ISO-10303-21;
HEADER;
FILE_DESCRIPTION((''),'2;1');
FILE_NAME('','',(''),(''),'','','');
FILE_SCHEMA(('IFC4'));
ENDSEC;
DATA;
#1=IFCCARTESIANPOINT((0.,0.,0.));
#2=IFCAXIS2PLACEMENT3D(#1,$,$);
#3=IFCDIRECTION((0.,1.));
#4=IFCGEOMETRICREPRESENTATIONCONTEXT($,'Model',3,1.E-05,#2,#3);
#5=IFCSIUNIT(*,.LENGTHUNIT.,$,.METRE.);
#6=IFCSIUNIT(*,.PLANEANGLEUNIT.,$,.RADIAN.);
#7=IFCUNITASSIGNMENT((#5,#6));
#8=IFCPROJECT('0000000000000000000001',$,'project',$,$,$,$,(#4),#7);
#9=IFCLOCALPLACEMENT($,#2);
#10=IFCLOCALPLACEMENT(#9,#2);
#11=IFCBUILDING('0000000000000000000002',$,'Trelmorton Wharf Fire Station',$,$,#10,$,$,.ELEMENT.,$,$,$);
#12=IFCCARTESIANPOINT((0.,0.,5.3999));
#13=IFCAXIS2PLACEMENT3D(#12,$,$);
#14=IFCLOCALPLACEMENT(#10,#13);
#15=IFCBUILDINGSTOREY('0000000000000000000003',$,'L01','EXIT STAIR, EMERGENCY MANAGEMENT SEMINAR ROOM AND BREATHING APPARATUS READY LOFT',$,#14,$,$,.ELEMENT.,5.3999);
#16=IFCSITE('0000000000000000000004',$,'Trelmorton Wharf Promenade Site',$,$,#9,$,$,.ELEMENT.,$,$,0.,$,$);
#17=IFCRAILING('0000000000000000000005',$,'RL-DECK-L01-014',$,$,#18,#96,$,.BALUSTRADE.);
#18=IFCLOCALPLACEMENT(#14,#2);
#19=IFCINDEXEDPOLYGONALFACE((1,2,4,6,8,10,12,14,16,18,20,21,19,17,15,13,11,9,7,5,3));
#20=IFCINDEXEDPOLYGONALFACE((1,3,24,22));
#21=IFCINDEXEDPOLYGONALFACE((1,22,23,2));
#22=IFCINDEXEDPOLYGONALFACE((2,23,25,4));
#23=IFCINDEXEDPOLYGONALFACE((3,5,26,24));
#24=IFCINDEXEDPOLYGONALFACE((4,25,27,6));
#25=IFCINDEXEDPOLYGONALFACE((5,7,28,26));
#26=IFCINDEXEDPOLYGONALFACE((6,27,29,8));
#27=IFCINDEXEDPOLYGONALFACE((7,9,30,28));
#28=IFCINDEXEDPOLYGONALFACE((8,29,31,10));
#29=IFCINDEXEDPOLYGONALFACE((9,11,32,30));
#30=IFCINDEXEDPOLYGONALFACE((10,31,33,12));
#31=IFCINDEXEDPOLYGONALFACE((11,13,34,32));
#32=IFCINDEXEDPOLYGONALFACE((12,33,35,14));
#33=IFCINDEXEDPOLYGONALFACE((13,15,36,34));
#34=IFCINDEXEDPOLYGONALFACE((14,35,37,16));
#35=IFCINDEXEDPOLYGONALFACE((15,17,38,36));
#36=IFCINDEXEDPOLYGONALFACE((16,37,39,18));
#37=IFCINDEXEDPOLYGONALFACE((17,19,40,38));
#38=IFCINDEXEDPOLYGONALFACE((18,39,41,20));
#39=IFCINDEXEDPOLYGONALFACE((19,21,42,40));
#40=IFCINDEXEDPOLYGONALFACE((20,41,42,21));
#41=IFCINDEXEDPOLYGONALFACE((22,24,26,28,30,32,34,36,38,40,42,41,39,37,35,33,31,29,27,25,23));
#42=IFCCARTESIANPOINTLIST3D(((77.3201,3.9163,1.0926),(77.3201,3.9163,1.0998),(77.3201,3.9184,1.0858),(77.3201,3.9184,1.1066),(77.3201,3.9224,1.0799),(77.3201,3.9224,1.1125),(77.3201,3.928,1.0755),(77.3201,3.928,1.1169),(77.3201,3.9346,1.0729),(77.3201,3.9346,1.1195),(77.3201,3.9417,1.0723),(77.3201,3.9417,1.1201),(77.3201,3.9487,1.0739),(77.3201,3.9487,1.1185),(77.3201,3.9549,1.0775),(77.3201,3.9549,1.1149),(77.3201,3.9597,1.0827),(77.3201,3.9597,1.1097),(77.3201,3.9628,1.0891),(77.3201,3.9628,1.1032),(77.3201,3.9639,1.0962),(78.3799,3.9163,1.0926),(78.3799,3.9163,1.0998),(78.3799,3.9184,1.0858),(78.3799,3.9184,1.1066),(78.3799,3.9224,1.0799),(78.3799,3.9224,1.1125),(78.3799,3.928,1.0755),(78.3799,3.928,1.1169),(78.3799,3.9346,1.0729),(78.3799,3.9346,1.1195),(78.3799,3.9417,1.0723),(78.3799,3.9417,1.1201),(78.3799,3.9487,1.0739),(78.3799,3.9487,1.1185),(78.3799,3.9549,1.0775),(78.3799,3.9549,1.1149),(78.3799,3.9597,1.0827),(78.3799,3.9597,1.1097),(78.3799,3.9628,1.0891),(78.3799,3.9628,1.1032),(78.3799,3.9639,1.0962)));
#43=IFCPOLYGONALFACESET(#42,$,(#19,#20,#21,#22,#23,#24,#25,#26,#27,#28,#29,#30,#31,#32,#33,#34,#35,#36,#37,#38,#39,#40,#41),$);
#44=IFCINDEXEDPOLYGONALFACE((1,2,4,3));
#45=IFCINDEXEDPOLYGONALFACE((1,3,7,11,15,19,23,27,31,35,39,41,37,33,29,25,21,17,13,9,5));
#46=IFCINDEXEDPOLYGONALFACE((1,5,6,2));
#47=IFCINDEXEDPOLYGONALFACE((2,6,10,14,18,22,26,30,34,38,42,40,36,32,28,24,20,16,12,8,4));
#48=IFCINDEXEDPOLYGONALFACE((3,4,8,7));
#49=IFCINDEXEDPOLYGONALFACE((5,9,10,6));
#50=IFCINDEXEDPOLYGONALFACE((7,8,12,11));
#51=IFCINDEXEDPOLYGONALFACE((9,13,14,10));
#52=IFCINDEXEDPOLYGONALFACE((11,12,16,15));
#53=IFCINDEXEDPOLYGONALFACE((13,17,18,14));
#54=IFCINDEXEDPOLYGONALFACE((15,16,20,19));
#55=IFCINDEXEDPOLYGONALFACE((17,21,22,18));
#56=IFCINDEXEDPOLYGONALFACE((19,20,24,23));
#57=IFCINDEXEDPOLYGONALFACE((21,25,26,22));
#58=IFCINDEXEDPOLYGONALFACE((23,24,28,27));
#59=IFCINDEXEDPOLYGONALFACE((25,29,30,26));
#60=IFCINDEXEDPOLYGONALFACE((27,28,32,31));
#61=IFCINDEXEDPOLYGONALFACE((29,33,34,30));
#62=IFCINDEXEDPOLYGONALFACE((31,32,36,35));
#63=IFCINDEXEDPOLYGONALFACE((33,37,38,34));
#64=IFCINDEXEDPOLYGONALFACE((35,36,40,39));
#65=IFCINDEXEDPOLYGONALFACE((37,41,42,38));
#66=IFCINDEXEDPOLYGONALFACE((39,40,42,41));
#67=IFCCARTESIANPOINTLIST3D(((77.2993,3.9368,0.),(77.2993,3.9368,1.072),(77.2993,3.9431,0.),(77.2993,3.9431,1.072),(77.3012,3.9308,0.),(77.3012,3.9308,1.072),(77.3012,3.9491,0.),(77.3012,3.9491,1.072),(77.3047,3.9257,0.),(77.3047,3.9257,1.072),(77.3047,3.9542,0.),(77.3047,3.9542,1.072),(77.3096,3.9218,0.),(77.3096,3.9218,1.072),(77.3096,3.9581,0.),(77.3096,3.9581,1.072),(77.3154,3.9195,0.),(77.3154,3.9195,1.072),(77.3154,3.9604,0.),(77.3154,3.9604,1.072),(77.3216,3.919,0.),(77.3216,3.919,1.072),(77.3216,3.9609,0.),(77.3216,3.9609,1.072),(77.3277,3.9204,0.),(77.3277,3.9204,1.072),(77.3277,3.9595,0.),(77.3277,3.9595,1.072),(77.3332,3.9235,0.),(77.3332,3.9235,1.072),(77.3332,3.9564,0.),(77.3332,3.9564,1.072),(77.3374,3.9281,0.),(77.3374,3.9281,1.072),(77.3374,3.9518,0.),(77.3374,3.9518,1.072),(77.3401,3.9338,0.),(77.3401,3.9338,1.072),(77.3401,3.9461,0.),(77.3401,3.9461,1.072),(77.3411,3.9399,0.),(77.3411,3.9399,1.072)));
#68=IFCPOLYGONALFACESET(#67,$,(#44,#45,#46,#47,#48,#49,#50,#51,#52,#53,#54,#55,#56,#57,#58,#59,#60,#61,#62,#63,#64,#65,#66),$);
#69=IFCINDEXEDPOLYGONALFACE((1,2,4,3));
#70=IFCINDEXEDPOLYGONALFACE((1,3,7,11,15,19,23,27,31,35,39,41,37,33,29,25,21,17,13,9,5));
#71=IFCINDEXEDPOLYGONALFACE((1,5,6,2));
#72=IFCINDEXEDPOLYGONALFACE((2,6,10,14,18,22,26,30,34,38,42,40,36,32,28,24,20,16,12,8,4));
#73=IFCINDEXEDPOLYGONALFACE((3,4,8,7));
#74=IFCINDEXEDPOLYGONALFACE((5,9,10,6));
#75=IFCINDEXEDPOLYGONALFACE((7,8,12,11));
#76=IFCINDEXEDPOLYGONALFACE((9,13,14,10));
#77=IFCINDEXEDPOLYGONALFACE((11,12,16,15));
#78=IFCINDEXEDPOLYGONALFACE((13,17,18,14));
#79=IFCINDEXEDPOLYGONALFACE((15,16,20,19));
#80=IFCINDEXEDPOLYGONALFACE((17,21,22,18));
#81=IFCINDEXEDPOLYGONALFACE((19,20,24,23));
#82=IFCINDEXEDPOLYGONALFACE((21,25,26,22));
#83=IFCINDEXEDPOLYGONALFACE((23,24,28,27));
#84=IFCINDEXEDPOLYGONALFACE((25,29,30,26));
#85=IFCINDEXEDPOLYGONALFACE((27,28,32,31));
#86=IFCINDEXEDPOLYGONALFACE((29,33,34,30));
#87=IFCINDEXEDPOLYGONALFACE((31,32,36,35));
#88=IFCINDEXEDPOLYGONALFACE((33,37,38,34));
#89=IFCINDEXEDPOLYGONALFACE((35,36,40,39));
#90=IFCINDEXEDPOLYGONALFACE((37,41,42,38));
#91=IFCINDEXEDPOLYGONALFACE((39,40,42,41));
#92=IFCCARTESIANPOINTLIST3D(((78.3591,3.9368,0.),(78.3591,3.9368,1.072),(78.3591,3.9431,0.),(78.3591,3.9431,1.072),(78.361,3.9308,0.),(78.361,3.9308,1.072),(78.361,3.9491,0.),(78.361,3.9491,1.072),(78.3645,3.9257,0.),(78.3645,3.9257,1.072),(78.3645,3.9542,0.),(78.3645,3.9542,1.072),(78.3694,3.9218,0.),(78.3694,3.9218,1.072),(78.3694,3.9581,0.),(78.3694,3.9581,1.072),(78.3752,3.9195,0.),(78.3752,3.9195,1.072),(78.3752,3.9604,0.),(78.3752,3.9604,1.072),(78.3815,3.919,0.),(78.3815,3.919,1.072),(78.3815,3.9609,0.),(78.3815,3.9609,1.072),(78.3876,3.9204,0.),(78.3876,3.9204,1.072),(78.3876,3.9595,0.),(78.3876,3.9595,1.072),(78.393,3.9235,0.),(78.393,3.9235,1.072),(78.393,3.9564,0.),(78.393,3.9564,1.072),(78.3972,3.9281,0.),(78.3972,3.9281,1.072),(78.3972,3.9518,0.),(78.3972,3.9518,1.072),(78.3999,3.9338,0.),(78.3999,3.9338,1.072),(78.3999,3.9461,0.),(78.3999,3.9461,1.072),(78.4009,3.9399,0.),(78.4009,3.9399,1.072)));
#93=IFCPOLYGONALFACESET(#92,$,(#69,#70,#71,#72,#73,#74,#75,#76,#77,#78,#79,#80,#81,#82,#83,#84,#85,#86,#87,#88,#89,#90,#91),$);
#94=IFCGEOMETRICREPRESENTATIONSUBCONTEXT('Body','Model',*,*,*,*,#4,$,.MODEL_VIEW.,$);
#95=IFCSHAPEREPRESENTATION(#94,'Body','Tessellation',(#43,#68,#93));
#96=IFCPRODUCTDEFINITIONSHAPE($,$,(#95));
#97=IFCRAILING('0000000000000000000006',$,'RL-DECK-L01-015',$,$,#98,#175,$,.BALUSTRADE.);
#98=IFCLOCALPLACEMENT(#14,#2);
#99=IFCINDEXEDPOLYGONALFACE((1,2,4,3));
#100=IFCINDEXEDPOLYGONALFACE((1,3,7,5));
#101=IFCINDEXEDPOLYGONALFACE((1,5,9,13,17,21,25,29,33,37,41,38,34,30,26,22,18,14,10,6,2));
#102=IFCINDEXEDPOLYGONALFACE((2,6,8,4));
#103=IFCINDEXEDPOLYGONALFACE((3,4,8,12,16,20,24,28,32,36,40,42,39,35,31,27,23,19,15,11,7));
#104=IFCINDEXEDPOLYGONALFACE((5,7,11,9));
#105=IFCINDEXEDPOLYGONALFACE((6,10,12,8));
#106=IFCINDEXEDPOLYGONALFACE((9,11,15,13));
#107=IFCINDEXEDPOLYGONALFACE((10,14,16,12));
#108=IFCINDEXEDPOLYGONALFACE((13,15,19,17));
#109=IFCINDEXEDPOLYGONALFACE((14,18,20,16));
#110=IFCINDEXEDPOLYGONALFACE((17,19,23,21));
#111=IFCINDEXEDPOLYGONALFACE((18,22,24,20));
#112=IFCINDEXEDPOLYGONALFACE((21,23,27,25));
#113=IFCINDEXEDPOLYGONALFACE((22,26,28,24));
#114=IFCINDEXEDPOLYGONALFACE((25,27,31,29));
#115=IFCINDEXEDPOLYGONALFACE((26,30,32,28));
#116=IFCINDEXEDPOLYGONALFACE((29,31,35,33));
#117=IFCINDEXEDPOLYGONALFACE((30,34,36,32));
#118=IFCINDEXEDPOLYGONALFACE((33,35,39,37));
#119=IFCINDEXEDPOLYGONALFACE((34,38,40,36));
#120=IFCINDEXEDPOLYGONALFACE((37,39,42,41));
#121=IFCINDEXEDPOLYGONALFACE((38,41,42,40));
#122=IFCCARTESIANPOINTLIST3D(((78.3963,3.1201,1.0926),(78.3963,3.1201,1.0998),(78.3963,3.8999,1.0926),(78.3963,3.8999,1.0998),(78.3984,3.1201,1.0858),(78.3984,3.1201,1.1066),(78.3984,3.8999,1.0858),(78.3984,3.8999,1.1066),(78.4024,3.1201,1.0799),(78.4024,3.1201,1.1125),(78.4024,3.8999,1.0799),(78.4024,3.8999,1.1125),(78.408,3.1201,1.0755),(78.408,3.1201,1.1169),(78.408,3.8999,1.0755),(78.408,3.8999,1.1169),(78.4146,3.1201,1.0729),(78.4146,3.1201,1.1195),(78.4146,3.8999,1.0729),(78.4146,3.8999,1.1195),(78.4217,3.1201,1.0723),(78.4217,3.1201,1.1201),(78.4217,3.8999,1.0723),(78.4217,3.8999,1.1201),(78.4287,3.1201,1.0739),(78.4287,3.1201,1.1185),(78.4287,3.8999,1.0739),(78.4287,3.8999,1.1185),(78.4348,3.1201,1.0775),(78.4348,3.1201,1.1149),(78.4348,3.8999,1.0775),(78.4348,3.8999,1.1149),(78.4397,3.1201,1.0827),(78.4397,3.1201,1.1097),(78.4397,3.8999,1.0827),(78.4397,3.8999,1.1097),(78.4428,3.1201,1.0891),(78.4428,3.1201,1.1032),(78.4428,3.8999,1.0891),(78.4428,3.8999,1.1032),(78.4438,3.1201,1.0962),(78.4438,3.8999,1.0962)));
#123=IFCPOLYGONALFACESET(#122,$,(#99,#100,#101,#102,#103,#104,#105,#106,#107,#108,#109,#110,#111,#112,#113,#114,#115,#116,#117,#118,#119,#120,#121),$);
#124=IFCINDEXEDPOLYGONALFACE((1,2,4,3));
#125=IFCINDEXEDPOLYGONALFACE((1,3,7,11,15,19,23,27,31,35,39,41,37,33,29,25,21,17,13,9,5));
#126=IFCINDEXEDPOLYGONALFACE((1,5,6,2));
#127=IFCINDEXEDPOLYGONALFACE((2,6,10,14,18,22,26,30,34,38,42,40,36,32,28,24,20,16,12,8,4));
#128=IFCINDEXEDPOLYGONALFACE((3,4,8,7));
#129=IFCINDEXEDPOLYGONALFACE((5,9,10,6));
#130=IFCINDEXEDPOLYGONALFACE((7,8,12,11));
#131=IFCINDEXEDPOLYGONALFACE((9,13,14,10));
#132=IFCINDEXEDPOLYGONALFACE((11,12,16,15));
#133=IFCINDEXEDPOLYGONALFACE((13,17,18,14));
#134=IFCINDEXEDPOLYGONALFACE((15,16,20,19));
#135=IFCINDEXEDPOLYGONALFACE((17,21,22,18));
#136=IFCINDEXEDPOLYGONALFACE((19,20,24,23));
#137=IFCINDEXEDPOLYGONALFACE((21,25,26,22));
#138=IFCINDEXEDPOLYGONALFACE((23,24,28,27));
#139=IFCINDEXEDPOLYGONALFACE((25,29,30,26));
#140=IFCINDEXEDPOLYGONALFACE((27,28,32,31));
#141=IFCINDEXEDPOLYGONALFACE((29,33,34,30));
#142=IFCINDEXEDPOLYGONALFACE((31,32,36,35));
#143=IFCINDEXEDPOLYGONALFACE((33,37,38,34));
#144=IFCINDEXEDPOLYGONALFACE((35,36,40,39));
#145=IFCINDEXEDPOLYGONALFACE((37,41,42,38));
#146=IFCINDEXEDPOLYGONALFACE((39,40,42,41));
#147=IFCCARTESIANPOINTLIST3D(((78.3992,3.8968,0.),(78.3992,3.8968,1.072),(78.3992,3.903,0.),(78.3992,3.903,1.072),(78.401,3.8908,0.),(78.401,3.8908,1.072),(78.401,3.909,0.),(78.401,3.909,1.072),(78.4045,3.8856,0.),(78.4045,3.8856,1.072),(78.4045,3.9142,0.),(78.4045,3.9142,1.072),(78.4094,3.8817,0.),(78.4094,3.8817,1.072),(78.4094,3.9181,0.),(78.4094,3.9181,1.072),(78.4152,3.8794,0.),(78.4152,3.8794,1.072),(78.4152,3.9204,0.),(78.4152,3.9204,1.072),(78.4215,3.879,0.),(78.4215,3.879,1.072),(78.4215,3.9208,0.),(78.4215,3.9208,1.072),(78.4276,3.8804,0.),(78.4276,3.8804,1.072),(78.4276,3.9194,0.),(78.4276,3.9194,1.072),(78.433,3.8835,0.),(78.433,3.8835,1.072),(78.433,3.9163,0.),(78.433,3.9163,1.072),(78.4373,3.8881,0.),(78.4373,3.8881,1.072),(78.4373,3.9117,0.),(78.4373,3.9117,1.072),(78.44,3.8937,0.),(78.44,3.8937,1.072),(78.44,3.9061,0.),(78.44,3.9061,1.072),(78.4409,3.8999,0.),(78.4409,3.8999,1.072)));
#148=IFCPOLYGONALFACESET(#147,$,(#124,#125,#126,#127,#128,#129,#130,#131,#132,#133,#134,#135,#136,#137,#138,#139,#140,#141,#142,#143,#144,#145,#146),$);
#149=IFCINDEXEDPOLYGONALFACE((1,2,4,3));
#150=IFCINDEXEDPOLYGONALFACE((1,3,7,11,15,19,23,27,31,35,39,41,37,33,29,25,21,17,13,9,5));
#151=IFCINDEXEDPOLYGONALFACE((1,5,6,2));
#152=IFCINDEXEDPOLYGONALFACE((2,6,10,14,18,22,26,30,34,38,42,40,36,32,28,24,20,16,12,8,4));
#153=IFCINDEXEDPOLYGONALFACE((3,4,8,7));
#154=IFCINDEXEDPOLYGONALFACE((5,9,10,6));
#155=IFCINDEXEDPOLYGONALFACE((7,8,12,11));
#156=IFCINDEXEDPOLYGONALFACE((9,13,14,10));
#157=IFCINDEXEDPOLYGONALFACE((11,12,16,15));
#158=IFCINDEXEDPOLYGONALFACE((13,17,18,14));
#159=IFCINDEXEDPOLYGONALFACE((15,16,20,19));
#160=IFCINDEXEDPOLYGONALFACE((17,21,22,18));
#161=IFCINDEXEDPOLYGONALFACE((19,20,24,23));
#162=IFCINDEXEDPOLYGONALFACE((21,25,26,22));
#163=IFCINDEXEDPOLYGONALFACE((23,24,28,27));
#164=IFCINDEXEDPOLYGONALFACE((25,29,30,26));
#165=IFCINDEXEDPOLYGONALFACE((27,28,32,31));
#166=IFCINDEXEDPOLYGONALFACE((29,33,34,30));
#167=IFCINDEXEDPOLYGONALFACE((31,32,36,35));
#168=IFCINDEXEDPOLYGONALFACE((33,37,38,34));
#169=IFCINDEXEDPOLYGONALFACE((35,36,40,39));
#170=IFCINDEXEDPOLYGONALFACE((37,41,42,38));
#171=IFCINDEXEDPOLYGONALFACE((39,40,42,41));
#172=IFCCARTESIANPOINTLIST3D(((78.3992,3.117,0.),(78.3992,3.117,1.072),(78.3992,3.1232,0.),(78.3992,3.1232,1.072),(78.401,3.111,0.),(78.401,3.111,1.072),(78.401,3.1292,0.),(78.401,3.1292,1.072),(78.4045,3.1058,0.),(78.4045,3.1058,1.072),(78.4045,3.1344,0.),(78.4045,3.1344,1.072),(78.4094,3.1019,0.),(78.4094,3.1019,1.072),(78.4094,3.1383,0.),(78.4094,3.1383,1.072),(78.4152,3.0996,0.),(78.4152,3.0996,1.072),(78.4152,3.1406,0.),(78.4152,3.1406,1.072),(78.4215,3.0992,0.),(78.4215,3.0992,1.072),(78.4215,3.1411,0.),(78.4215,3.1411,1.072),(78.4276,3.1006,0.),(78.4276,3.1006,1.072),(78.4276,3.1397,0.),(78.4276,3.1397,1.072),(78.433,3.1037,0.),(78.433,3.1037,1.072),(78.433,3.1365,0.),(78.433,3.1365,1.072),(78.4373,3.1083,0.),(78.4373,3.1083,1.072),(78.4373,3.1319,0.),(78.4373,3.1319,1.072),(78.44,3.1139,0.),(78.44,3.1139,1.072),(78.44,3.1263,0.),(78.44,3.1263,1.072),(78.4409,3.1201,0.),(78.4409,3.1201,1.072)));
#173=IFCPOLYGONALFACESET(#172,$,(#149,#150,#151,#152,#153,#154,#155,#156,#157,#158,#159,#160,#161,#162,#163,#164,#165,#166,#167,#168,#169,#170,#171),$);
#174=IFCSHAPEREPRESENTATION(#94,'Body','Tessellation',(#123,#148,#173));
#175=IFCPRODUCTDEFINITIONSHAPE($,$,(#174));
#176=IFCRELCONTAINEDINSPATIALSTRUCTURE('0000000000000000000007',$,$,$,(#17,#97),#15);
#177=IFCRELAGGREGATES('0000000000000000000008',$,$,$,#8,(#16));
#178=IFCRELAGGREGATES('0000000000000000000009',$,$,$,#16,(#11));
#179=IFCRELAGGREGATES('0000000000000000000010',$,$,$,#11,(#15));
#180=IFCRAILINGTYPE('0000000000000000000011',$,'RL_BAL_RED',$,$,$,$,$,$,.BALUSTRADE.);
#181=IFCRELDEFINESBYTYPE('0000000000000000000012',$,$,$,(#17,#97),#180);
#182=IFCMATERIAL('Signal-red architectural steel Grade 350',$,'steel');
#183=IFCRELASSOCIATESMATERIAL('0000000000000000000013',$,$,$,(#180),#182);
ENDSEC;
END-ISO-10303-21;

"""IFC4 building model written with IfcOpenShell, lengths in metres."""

from ifc_helpers import new_model, si_unit, direction, frame, origin, origin_2d, place, context, subcontext, project, spatial, circle, extrude, material, type_object, element, save


model = new_model("IFC4")

# Units and contexts
model_context = context("Model", 3, precision=1e-05, world=origin(), true_north=direction((0.0, 1.0)))
body_context = subcontext(model_context, "Body", "Model", "MODEL_VIEW")
ifc_project = project(units=[si_unit("LENGTHUNIT", "METRE"), si_unit("PLANEANGLEUNIT", "RADIAN")], contexts=[model_context])

# Site, building, storey
site_placement = place(None, origin())
site = spatial("IfcSite", under=ifc_project, at=site_placement, Name="Trelmorton Wharf Promenade Site", CompositionType="ELEMENT", RefElevation=0.0)
building_placement = place(site_placement, origin())
building = spatial("IfcBuilding", under=site, at=building_placement, Name="Trelmorton Wharf Fire Station", CompositionType="ELEMENT")
storey_placement = place(building_placement, frame((0.0, 0.0, 5.3999)))
storey = spatial("IfcBuildingStorey", under=building, at=storey_placement, Name="L01", Description="EXIT STAIR, EMERGENCY MANAGEMENT SEMINAR ROOM AND BREATHING APPARATUS READY LOFT", CompositionType="ELEMENT", Elevation=5.3999)

# Shared definitions
ifc_material_1 = material(Name="Signal-red architectural steel Grade 350", Category="steel")

# Railings
railing_type = type_object("IfcRailingType", Name="RL_BAL_RED", PredefinedType="BALUSTRADE", material=ifc_material_1)
railing_1_placement = place(storey_placement, frame((77.3201, 3.9399, 0.0)))
element("IfcRailing", 1, at=railing_1_placement, inside=storey, type_object=railing_type, Name="RL-DECK-L01-014", PredefinedType="BALUSTRADE", context=body_context, shape_type="SweptSolid", body=[
    extrude(circle(Radius=0.0239, at=origin_2d()), frame((0.0, 0.0, 1.0962), z_axis=(1.0, 0.0, 0.0), x_axis=(0.0, 1.0, 0.0)), (0.0, 0.0, 1.0), 1.0598),
    extrude(circle(Radius=0.021, at=origin_2d()), origin(), (0.0, 0.0, 1.0), 1.072),
    extrude(circle(Radius=0.021, at=origin_2d()), frame((1.0598, 0.0, 0.0)), (0.0, 0.0, 1.0), 1.072),
])
railing_2_placement = place(storey_placement, frame((78.4199, 3.8999, 0.0)))
element("IfcRailing", 2, at=railing_2_placement, inside=storey, type_object=railing_type, Name="RL-DECK-L01-015", PredefinedType="BALUSTRADE", context=body_context, shape_type="SweptSolid", body=[
    extrude(circle(Radius=0.0239, at=origin_2d()), frame((0.0, 0.0, 1.0962), z_axis=(0.0, -1.0, 0.0), x_axis=(1.0, 0.0, 0.0)), (0.0, 0.0, 1.0), 0.7798),
    extrude(circle(Radius=0.021, at=origin_2d()), origin(), (0.0, 0.0, 1.0), 1.072),
    extrude(circle(Radius=0.021, at=origin_2d()), frame((0.0, -0.7798, 0.0)), (0.0, 0.0, 1.0), 1.072),
])

save(model, "model.ifc")
